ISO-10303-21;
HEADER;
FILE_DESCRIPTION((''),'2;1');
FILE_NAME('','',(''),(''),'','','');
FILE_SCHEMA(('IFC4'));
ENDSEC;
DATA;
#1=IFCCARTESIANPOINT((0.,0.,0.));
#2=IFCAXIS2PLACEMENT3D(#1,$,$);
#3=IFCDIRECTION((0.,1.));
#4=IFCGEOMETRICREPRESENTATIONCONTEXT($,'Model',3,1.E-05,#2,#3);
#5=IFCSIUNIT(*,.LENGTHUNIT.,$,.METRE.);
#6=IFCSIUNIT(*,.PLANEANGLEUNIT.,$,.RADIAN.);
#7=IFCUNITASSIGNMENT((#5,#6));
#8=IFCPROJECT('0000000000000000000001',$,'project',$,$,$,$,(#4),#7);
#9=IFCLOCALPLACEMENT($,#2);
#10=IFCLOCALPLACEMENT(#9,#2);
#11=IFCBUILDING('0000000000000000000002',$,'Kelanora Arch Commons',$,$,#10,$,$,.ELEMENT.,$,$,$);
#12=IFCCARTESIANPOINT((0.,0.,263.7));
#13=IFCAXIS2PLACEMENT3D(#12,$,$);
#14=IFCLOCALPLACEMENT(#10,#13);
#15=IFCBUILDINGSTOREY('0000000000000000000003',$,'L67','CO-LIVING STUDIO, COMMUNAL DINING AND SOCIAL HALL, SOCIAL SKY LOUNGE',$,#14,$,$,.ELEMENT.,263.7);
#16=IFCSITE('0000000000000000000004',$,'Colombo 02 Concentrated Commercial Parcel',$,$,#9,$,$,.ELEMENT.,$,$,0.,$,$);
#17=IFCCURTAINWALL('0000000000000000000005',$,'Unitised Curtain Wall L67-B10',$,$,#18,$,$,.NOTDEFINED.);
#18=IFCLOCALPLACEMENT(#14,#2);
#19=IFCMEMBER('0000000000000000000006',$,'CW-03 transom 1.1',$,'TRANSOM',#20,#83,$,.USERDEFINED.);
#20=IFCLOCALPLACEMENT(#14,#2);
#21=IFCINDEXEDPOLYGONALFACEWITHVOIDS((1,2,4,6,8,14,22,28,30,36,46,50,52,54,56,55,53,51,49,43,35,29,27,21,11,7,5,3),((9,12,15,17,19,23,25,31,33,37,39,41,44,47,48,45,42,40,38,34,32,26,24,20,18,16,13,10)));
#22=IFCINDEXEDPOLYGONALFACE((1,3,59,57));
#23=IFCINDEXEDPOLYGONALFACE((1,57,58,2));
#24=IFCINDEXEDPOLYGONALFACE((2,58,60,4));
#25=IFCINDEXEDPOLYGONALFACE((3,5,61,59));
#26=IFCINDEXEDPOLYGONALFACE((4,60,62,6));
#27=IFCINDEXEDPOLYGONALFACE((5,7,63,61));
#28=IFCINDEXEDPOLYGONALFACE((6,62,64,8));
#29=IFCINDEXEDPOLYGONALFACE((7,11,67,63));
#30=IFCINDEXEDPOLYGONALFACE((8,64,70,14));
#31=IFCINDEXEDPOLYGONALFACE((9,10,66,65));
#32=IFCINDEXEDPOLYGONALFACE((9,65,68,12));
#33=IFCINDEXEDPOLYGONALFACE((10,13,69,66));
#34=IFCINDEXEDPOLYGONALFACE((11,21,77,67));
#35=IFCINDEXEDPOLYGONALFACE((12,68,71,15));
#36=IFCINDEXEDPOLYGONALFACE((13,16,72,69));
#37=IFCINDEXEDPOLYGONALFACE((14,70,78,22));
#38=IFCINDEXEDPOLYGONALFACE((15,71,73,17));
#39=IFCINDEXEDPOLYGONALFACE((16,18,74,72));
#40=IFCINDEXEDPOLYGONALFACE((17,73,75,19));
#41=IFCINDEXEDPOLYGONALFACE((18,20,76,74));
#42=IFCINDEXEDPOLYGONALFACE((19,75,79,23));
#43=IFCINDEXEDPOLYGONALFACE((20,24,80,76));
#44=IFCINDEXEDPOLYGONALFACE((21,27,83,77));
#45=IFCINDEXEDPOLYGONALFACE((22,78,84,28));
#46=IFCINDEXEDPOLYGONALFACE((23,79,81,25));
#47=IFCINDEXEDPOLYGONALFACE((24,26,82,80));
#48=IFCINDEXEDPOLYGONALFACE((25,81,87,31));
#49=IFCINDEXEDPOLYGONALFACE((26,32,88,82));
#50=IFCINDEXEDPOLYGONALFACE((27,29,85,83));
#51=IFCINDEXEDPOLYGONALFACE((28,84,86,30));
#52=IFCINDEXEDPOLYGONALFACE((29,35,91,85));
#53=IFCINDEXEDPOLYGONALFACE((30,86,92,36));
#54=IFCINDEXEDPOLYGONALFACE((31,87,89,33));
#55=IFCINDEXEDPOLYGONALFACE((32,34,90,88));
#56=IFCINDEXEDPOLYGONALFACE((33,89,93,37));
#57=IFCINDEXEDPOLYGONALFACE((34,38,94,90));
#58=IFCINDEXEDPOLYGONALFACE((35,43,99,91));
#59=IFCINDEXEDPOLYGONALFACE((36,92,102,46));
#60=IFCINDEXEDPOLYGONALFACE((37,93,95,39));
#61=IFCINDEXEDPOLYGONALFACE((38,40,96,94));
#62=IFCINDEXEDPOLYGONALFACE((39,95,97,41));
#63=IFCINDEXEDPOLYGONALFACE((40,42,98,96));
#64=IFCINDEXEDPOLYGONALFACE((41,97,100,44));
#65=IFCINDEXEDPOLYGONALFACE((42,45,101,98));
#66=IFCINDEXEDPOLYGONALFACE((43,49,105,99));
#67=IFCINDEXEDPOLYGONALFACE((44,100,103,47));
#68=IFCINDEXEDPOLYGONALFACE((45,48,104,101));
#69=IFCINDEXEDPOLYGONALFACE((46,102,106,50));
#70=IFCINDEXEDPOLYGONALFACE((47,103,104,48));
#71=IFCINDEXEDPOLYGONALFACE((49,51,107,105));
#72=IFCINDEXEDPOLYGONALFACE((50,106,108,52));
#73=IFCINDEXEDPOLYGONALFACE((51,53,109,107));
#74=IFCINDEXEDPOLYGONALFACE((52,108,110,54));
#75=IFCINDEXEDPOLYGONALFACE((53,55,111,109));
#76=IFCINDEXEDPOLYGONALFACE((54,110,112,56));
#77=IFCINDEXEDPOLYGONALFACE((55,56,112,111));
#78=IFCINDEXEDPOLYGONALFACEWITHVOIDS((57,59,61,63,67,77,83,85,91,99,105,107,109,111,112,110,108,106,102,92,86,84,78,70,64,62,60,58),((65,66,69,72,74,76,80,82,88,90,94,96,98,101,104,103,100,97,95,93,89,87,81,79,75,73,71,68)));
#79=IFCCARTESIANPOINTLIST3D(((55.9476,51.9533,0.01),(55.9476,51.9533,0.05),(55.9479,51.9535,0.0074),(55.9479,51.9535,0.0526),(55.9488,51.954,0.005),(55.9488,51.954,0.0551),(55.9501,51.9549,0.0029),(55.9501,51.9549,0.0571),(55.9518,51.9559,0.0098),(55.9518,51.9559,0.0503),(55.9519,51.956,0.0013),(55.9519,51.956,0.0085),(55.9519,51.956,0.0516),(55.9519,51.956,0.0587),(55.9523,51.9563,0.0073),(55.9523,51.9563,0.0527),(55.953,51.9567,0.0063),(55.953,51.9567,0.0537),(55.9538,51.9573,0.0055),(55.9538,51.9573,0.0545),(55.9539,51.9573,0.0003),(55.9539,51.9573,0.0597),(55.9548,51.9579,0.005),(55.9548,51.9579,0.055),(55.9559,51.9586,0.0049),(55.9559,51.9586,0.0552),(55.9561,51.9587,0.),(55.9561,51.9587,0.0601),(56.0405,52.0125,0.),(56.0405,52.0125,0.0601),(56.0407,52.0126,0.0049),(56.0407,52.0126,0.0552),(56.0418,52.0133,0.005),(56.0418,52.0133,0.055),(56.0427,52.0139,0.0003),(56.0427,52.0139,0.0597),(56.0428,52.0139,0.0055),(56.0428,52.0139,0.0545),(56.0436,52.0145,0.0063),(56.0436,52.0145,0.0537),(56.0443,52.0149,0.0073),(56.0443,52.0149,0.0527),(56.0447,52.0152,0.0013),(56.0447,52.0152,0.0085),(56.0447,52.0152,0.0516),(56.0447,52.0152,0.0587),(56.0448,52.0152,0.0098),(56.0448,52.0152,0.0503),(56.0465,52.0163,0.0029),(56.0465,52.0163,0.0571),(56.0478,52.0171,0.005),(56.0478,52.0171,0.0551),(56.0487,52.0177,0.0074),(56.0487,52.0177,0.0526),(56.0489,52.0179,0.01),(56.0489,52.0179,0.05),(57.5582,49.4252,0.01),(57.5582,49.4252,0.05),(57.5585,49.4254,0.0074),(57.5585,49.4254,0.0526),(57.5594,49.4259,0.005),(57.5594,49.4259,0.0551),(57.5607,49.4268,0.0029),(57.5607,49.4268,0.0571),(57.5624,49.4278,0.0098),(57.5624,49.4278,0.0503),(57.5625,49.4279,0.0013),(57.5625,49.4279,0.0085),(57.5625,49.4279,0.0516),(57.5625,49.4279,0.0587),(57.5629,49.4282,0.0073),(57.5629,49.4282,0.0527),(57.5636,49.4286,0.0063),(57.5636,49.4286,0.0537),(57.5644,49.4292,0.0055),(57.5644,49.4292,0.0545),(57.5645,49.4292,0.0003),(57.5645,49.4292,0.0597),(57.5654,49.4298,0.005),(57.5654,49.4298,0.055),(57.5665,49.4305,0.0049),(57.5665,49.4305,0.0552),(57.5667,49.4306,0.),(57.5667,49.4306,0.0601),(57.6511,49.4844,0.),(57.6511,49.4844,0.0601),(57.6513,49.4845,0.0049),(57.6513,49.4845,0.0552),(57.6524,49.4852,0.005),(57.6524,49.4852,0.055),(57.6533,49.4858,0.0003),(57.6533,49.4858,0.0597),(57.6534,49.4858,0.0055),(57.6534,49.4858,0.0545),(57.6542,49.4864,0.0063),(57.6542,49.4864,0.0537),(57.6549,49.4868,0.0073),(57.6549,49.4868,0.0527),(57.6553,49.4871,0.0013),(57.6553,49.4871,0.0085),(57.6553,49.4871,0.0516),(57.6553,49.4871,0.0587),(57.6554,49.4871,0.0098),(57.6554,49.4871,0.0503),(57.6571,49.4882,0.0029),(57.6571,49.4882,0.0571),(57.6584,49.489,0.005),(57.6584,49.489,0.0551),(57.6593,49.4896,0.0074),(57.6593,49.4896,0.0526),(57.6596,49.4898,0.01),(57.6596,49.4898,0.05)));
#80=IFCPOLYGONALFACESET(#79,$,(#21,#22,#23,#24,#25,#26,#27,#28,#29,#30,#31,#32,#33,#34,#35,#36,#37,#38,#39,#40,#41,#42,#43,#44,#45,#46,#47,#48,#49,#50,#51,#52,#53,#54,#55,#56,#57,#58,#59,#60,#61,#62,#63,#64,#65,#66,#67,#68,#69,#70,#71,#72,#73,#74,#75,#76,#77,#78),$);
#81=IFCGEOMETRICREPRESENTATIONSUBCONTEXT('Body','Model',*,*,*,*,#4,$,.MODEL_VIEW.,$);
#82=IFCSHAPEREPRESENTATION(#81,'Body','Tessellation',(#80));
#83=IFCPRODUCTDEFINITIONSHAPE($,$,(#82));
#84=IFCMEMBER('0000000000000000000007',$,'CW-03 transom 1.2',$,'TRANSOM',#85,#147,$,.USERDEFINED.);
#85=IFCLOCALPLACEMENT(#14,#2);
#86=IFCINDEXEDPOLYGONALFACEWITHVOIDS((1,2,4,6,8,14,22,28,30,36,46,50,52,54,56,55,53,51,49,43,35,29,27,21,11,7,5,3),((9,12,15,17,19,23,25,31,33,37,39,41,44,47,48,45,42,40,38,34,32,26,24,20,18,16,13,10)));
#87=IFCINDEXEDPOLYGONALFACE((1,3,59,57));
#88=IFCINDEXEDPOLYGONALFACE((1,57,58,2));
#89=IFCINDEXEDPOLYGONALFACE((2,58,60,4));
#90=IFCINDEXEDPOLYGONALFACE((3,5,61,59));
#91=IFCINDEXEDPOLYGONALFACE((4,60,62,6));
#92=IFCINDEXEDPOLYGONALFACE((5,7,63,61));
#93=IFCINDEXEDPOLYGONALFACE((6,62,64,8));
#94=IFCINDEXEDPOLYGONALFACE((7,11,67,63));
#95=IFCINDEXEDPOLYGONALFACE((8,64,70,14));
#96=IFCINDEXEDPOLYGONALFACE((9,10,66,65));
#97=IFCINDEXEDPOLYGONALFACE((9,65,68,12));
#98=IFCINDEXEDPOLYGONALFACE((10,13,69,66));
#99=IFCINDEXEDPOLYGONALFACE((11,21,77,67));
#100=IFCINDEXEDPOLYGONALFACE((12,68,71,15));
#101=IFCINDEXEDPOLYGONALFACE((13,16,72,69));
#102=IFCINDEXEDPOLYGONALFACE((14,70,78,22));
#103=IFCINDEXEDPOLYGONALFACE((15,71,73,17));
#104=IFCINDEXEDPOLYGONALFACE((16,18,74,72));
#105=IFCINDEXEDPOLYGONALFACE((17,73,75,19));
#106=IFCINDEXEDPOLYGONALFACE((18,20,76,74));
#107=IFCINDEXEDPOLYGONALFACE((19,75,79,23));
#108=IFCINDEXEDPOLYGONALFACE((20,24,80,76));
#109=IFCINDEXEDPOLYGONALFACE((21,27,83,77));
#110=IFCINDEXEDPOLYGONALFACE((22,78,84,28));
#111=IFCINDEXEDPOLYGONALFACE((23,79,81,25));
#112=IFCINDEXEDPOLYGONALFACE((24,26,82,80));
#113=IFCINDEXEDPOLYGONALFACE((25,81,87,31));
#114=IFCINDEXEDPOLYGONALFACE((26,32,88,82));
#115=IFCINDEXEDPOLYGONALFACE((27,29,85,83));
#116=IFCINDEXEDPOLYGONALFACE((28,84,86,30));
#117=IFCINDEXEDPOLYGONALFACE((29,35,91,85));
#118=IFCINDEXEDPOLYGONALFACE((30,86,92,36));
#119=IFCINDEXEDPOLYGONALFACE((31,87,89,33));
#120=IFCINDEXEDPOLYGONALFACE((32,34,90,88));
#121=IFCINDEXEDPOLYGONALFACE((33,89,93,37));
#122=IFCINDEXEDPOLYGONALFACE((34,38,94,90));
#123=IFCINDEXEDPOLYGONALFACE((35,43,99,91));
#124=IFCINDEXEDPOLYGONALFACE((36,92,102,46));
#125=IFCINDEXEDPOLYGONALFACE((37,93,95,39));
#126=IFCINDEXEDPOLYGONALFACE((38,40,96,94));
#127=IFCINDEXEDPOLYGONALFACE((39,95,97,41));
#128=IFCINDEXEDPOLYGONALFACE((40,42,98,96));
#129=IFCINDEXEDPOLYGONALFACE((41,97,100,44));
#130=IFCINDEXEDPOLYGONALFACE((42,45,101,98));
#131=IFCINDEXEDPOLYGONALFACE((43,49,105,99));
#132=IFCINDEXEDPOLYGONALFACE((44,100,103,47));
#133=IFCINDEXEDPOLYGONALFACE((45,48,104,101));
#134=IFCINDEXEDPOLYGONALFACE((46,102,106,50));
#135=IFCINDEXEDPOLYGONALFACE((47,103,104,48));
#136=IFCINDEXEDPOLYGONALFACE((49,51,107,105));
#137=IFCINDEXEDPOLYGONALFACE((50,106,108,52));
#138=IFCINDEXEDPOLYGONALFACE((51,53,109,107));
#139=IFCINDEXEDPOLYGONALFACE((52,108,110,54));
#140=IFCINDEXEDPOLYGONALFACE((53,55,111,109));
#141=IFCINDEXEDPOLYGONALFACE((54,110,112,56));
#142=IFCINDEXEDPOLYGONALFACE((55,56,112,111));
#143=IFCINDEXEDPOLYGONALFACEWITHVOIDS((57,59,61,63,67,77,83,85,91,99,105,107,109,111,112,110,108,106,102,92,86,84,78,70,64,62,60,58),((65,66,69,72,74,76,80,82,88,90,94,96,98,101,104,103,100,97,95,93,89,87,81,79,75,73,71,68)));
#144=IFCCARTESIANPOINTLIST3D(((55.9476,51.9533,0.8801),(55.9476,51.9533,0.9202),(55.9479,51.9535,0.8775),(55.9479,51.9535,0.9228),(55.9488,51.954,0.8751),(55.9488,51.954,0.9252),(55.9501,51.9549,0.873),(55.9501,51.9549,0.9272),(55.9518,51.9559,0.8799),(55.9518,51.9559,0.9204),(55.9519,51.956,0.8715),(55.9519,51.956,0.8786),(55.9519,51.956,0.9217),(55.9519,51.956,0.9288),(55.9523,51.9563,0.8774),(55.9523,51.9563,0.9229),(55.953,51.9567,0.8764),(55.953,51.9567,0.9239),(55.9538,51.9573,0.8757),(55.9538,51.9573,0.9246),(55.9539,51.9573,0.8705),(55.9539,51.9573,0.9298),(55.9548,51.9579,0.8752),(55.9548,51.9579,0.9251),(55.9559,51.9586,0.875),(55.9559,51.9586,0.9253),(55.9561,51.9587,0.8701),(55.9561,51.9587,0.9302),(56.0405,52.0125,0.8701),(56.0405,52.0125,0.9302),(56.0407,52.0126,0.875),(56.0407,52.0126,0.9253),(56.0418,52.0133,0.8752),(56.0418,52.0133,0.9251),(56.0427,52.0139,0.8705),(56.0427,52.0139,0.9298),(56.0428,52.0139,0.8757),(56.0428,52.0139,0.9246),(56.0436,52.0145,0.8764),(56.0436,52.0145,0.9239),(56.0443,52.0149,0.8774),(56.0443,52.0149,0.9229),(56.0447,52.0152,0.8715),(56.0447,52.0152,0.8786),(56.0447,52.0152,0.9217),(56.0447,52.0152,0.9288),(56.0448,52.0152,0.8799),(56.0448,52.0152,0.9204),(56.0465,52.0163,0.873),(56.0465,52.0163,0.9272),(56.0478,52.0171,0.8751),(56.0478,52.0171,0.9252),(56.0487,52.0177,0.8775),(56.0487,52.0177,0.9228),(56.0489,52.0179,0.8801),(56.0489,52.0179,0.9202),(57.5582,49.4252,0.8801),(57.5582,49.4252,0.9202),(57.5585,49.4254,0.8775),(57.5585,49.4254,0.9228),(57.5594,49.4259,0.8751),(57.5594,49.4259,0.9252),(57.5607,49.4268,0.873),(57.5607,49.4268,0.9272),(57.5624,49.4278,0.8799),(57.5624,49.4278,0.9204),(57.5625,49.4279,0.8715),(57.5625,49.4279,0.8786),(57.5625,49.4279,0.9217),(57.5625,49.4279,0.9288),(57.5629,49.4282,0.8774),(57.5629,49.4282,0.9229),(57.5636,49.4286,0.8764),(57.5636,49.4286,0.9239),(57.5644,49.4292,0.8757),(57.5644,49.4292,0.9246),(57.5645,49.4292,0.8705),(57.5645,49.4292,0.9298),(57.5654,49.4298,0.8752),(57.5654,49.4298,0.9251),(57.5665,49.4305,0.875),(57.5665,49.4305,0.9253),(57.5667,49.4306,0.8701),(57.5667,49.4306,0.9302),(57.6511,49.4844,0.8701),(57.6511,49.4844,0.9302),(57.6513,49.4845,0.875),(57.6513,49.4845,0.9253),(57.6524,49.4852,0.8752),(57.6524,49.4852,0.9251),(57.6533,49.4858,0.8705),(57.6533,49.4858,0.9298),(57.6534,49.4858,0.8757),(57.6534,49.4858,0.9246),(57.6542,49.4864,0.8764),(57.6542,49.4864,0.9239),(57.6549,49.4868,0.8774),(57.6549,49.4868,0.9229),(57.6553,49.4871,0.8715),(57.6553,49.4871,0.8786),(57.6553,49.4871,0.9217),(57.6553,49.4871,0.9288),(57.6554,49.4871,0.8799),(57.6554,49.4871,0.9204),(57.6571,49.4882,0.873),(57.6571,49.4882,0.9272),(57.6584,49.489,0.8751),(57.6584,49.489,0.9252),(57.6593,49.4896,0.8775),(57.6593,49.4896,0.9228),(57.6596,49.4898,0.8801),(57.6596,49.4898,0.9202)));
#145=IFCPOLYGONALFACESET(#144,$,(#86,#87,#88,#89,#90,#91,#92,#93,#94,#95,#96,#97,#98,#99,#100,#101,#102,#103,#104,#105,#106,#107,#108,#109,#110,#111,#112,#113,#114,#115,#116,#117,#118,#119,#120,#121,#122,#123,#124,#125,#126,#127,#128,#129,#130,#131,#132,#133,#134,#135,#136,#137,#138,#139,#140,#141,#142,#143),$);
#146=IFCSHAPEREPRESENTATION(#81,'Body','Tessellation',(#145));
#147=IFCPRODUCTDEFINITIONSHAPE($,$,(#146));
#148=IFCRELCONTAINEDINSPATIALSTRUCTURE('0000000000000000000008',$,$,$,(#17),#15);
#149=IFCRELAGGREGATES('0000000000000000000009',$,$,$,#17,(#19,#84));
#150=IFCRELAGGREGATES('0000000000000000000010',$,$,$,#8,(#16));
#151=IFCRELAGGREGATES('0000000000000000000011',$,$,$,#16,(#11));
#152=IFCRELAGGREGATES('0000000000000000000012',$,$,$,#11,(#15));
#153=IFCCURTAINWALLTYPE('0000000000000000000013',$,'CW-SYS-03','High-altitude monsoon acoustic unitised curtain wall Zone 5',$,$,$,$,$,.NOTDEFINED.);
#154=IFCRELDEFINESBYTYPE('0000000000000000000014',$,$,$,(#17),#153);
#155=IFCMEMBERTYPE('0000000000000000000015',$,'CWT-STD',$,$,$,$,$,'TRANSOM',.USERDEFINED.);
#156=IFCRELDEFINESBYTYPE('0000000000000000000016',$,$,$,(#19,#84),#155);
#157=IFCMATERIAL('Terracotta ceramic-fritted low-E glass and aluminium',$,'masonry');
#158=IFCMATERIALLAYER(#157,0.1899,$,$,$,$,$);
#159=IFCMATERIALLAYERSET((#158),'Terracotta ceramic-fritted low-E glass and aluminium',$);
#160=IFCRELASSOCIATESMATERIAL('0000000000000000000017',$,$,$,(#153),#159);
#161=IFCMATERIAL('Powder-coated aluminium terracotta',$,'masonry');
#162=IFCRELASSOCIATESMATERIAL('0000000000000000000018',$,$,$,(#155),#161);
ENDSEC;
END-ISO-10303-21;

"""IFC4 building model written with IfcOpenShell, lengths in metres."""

from ifc_helpers import new_model, si_unit, direction, frame, origin, origin_2d, place, context, subcontext, project, spatial, hollow_rectangle, extrude, material, layer, layer_set, material_profile, profile_set, type_object, element, aggregate, save


model = new_model("IFC4")

# Units and contexts
model_context = context("Model", 3, precision=1e-05, world=origin(), true_north=direction((0.0, 1.0)))
body_context = subcontext(model_context, "Body", "Model", "MODEL_VIEW")
ifc_project = project(units=[si_unit("LENGTHUNIT", "METRE"), si_unit("PLANEANGLEUNIT", "RADIAN")], contexts=[model_context])

# Site, building, storey
site_placement = place(None, origin())
site = spatial("IfcSite", under=ifc_project, at=site_placement, Name="Colombo 02 Concentrated Commercial Parcel", CompositionType="ELEMENT", RefElevation=0.0)
building_placement = place(site_placement, origin())
building = spatial("IfcBuilding", under=site, at=building_placement, Name="Kelanora Arch Commons", CompositionType="ELEMENT")
storey_placement = place(building_placement, frame((0.0, 0.0, 263.7)))
storey = spatial("IfcBuildingStorey", under=building, at=storey_placement, Name="L67", Description="CO-LIVING STUDIO, COMMUNAL DINING AND SOCIAL HALL, SOCIAL SKY LOUNGE", CompositionType="ELEMENT", Elevation=263.7)

# Curtain wall, members
ifc_material_1 = material(Name="Terracotta ceramic-fritted low-E glass and aluminium", Category="masonry")
ifc_layer_1 = layer(ifc_material_1, 0.1899)
ifc_layer_set_1 = layer_set([ifc_layer_1], Name="Terracotta ceramic-fritted low-E glass and aluminium")
curtain_wall_type = type_object("IfcCurtainWallType", Name="CW-SYS-03", Description="High-altitude monsoon acoustic unitised curtain wall Zone 5", PredefinedType="NOTDEFINED", material=ifc_layer_set_1)
curtain_wall_placement = place(storey_placement, origin())
curtain_wall = element("IfcCurtainWall", 1, at=curtain_wall_placement, inside=storey, type_object=curtain_wall_type, Name="Unitised Curtain Wall L67-B10", PredefinedType="NOTDEFINED")
ifc_material_2 = material(Name="Powder-coated aluminium terracotta", Category="masonry")
ifc_material_profile_1 = material_profile(ifc_material_2, hollow_rectangle(XDim=0.1201, YDim=0.0601, WallThickness=0.0049, InnerFilletRadius=0.0049, OuterFilletRadius=0.01, at=origin_2d()), Name="CWT120x60")
ifc_profile_set_1 = profile_set([ifc_material_profile_1], Name="Powder-coated aluminium terracotta")
member_type_1 = type_object("IfcMemberType", Name="CWT-STD", ElementType="TRANSOM", PredefinedType="USERDEFINED", material=ifc_profile_set_1)
member_1_placement = place(storey_placement, frame((55.9983, 51.9856, 0.03), z_axis=(0.537308, -0.843386, 0.0), x_axis=(0.843386, 0.537308, 0.0)))
member_1 = element("IfcMember", 2, at=member_1_placement, type_object=member_type_1, Name="CW-03 transom 1.1", ObjectType="TRANSOM", PredefinedType="USERDEFINED", context=body_context, shape_type="SweptSolid", body=[
    extrude(hollow_rectangle(XDim=0.1201, YDim=0.0601, WallThickness=0.0049, InnerFilletRadius=0.0049, OuterFilletRadius=0.01, at=origin_2d()), origin(), (0.0, 0.0, 1.0), 2.9976),
])
member_2_placement = place(storey_placement, frame((55.9983, 51.9856, 0.9001), z_axis=(0.537308, -0.843386, 0.0), x_axis=(0.843386, 0.537308, 0.0)))
member_2 = element("IfcMember", 3, at=member_2_placement, type_object=member_type_1, Name="CW-03 transom 1.2", ObjectType="TRANSOM", PredefinedType="USERDEFINED", context=body_context, shape_type="SweptSolid", body=[
    extrude(hollow_rectangle(XDim=0.1201, YDim=0.0601, WallThickness=0.0049, InnerFilletRadius=0.0049, OuterFilletRadius=0.01, at=origin_2d()), origin(), (0.0, 0.0, 1.0), 2.9976),
])

aggregate(curtain_wall, [member_1, member_2])

save(model, "model.ifc")
